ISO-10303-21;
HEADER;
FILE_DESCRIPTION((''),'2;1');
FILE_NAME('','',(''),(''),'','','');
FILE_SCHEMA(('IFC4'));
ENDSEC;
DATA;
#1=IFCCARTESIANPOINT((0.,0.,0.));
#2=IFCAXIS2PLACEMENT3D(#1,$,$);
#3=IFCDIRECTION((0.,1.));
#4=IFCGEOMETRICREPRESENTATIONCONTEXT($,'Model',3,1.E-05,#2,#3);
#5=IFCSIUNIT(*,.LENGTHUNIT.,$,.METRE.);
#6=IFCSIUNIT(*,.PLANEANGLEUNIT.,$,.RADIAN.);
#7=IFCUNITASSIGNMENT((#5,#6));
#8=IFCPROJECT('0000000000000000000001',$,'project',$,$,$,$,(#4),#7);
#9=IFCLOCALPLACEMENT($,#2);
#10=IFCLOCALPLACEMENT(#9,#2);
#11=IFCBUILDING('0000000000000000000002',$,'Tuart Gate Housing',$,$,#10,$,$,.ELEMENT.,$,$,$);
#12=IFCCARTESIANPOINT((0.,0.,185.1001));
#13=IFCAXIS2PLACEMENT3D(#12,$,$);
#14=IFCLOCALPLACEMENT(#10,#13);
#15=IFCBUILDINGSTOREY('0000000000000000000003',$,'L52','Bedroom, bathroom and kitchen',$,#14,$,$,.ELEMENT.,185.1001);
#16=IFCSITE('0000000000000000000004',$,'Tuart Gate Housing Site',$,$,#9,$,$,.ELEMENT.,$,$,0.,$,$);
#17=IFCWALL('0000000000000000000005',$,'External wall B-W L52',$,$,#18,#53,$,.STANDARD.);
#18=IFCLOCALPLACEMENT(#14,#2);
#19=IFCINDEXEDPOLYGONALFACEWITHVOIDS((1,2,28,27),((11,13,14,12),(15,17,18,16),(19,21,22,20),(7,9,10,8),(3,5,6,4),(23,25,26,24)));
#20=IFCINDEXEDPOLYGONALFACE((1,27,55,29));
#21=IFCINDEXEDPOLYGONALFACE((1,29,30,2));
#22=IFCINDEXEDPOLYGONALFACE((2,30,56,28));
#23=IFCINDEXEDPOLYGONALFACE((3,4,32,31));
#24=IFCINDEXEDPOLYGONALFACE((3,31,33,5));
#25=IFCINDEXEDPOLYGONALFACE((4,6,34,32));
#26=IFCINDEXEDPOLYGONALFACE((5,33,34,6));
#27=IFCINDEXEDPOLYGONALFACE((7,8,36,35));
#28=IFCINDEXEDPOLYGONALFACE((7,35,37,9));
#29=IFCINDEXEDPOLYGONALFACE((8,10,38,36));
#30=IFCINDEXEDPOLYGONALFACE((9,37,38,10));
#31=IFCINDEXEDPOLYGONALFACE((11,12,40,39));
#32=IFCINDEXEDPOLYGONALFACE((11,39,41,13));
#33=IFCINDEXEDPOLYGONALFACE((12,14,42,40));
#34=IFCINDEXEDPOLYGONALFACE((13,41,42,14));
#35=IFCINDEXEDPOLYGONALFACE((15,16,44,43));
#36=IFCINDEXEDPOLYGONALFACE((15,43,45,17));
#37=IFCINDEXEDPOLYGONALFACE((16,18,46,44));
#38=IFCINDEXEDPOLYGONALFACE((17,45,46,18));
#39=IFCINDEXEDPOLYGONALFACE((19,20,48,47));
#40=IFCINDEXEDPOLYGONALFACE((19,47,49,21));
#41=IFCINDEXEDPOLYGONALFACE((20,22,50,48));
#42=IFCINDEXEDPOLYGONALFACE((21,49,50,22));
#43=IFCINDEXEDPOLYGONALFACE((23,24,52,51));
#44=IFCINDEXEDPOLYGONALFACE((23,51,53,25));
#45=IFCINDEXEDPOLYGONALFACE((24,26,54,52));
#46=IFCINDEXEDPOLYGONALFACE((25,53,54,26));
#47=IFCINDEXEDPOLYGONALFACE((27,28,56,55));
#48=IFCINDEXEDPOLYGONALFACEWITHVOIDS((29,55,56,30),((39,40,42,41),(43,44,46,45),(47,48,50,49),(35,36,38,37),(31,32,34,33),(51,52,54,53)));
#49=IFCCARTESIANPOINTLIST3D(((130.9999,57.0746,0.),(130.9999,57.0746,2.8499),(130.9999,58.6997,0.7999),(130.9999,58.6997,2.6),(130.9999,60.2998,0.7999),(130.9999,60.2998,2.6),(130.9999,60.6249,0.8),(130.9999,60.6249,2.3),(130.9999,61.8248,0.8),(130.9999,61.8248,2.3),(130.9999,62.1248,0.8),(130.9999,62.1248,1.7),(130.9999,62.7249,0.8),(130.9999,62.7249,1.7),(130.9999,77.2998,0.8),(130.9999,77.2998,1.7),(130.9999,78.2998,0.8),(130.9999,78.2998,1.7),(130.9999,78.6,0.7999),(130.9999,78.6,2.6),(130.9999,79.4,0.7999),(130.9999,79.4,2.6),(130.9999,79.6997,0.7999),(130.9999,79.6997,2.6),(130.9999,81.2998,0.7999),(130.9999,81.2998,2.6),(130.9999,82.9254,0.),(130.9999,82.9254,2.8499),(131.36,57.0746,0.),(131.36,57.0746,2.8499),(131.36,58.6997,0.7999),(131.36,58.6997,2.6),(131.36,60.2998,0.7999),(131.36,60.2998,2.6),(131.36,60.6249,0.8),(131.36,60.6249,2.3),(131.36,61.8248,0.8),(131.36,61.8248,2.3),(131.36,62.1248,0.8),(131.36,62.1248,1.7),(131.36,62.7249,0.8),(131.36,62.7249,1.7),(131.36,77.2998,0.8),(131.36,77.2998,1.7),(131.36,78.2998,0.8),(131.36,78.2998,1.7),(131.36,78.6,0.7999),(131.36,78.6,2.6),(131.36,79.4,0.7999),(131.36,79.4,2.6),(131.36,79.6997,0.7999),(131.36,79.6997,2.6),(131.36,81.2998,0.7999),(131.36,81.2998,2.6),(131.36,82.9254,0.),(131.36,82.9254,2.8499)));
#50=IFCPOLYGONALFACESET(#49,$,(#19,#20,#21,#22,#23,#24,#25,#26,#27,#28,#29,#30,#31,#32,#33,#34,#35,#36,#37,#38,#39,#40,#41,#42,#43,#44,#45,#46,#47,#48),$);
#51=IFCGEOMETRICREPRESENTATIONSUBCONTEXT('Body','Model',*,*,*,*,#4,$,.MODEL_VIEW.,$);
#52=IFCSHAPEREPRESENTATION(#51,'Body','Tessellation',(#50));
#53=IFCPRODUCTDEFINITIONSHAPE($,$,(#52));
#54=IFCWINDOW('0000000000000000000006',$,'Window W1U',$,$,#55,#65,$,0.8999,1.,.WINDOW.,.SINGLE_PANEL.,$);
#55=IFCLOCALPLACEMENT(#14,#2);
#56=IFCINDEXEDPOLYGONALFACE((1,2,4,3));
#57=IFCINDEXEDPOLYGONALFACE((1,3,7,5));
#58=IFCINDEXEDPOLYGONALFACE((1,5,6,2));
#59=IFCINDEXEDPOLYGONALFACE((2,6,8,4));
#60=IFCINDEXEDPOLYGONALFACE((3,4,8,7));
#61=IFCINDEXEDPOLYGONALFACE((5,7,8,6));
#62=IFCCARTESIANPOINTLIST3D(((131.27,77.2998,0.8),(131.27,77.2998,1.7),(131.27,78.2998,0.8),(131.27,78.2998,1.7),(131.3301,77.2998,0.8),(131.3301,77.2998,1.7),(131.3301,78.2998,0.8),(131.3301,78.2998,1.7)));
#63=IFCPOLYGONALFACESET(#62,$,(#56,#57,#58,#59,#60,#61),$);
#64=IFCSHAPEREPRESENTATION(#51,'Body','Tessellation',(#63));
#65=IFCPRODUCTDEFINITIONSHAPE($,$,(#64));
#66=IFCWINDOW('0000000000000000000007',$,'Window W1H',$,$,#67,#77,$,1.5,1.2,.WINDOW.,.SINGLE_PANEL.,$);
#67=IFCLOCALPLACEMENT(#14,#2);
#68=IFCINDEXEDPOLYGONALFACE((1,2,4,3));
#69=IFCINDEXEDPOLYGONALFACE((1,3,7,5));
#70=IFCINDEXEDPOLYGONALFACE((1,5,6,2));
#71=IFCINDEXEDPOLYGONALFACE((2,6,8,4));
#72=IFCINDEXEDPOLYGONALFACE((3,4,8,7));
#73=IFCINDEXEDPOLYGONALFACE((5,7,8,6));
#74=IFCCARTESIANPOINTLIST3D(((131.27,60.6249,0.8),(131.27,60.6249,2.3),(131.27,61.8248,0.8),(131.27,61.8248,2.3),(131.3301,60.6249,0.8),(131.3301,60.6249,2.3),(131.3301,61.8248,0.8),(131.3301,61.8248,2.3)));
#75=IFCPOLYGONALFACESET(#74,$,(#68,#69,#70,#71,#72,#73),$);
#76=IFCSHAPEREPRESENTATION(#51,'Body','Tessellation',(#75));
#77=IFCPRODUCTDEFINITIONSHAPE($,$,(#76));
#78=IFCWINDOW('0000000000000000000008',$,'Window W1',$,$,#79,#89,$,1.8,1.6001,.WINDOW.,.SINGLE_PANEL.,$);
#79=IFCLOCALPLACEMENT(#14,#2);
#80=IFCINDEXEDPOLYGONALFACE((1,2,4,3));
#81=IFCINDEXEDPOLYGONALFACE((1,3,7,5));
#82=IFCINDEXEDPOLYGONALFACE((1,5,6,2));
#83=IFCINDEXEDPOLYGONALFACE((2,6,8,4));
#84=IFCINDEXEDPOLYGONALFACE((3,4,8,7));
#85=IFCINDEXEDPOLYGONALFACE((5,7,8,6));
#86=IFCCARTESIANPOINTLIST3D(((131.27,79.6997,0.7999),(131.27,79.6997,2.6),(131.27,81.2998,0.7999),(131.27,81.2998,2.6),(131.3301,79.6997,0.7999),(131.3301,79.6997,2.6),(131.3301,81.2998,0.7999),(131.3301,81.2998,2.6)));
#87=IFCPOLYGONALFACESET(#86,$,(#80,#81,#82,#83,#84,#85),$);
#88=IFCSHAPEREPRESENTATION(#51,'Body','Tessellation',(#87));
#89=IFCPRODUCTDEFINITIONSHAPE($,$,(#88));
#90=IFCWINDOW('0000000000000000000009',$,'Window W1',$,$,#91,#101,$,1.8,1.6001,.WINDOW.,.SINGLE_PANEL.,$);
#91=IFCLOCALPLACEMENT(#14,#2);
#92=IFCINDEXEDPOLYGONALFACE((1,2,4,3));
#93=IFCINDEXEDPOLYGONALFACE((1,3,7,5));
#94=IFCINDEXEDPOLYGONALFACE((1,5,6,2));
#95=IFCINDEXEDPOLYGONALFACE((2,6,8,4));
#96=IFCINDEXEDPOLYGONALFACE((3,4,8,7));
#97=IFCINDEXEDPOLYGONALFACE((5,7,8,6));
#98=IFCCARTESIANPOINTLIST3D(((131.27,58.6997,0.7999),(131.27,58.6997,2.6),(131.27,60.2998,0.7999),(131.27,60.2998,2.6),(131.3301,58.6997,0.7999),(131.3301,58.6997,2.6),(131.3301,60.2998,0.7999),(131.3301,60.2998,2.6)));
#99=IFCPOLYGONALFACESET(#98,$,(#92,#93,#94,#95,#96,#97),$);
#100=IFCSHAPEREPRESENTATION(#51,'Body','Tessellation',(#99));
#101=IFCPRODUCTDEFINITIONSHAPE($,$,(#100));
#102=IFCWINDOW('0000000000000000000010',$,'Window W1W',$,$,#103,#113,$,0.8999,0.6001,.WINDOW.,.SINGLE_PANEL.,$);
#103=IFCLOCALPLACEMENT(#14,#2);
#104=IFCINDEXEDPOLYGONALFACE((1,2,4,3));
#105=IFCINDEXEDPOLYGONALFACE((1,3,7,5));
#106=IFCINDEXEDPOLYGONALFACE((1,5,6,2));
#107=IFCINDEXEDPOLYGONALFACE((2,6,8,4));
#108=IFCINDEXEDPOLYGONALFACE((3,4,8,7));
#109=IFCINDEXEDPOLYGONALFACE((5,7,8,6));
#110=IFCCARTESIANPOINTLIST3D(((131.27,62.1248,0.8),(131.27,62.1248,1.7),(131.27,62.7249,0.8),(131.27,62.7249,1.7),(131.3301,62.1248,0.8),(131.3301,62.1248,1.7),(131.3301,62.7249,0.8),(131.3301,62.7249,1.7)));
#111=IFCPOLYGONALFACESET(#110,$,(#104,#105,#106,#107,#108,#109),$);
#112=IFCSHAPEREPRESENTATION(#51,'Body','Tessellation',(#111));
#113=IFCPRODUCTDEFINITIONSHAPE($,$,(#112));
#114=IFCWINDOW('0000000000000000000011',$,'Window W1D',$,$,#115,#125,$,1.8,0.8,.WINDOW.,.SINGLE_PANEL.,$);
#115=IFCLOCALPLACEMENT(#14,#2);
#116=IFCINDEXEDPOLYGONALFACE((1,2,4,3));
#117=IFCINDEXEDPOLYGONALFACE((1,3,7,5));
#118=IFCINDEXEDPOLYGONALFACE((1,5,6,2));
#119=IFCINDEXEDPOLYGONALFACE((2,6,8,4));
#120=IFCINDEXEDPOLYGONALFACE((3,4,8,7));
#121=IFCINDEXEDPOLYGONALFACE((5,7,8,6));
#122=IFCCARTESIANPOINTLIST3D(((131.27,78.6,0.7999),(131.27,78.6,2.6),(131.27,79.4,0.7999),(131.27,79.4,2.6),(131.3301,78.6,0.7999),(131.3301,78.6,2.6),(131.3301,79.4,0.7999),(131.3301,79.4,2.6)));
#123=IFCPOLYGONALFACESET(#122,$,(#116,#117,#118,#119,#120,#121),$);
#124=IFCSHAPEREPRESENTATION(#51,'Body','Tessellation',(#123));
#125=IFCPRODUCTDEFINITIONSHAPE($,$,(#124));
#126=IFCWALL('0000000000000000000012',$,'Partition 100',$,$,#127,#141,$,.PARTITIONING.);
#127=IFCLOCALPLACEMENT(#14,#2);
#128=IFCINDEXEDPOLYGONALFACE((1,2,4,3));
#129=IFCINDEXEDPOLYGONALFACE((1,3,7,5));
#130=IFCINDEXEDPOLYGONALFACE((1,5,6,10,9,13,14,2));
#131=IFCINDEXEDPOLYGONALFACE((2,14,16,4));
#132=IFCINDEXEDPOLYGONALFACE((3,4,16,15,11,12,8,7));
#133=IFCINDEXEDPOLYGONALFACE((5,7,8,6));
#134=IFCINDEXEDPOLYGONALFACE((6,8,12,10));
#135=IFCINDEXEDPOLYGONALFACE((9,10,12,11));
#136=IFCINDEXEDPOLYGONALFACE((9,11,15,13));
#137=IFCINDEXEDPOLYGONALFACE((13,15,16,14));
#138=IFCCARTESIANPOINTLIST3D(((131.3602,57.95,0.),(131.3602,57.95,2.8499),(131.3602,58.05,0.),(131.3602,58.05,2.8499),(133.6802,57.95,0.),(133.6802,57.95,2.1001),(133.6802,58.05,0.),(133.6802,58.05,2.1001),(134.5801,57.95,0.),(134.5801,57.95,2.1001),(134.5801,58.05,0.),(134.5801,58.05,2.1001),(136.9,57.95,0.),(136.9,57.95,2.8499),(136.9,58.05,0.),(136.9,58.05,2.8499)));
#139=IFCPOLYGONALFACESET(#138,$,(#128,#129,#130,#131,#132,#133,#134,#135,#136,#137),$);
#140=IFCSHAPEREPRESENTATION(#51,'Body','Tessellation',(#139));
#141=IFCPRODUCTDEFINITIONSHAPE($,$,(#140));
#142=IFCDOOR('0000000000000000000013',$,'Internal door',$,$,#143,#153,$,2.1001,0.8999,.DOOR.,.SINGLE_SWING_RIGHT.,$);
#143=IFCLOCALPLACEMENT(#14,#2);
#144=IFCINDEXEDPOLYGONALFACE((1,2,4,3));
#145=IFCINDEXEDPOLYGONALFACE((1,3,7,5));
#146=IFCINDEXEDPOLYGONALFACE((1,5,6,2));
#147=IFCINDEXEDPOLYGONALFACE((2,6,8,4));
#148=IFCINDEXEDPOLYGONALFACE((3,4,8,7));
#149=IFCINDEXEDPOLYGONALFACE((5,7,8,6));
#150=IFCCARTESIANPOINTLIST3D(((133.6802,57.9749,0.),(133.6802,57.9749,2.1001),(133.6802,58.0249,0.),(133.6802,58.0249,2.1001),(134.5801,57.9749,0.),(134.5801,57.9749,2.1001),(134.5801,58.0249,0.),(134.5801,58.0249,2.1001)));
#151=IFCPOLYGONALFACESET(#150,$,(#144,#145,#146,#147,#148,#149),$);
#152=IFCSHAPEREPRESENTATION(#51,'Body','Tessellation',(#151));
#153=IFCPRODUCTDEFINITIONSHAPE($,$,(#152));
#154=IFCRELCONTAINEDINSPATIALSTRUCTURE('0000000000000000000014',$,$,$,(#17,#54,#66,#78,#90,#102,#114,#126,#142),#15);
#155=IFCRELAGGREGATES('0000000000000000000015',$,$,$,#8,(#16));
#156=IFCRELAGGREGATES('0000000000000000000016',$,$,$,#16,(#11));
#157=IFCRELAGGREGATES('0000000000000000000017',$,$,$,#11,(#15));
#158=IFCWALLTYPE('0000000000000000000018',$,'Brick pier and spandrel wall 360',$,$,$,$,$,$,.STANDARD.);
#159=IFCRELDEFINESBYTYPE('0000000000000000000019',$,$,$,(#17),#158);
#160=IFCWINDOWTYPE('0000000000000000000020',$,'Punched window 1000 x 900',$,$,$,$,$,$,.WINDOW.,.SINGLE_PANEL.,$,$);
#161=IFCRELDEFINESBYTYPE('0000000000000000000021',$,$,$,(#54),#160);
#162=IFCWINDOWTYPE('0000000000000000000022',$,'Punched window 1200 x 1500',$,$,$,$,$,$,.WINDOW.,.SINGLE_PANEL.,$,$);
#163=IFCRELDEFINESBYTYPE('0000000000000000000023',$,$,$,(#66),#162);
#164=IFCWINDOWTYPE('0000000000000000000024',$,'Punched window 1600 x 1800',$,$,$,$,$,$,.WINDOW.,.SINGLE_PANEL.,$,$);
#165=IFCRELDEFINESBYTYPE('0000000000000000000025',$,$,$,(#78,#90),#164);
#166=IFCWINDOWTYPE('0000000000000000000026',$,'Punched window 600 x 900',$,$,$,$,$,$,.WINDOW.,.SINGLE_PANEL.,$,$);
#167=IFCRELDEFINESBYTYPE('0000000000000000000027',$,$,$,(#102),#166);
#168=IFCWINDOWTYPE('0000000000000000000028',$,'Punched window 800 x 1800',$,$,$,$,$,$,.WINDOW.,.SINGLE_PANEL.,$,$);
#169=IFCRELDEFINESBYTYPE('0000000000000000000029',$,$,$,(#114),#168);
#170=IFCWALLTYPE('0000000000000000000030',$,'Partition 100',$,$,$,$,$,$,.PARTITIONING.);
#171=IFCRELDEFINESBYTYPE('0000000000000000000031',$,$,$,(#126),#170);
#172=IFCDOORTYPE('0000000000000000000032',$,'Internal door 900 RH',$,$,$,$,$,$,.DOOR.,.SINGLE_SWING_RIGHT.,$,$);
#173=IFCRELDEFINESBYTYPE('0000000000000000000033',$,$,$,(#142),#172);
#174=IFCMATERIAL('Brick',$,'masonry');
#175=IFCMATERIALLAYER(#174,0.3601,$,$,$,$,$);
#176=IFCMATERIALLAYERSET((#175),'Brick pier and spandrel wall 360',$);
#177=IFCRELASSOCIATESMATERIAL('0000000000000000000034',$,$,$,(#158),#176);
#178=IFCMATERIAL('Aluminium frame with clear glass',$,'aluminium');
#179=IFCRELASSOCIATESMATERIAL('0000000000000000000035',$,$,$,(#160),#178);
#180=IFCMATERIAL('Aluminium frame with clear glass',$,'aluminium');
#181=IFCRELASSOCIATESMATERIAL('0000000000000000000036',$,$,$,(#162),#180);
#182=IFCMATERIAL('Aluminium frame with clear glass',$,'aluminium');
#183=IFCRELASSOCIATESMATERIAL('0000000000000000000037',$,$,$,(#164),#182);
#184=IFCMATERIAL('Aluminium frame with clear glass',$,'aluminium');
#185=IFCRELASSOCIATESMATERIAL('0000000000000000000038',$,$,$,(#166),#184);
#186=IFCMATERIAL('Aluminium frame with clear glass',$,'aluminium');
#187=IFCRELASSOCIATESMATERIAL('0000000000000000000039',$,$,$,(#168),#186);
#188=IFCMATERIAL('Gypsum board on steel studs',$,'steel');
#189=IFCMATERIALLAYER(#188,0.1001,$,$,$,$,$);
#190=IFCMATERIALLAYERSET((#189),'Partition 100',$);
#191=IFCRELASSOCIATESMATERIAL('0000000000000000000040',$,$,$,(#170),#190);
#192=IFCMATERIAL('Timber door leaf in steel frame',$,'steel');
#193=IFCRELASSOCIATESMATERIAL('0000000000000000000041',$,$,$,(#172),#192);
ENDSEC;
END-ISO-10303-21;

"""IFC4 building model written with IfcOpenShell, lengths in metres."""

from ifc_helpers import new_model, si_unit, direction, frame, frame_2d, origin, place, context, subcontext, project, spatial, rectangle, extrude, material, layer, layer_set, type_object, element, fill, save


model = new_model("IFC4")

# Units and contexts
model_context = context("Model", 3, precision=1e-05, world=origin(), true_north=direction((0.0, 1.0)))
body_context = subcontext(model_context, "Body", "Model", "MODEL_VIEW")
ifc_project = project(units=[si_unit("LENGTHUNIT", "METRE"), si_unit("PLANEANGLEUNIT", "RADIAN")], contexts=[model_context])

# Site, building, storey
site_placement = place(None, origin())
site = spatial("IfcSite", under=ifc_project, at=site_placement, Name="Tuart Gate Housing Site", CompositionType="ELEMENT", RefElevation=0.0)
building_placement = place(site_placement, origin())
building = spatial("IfcBuilding", under=site, at=building_placement, Name="Tuart Gate Housing", CompositionType="ELEMENT")
storey_placement = place(building_placement, frame((0.0, 0.0, 185.1001)))
storey = spatial("IfcBuildingStorey", under=building, at=storey_placement, Name="L52", Description="Bedroom, bathroom and kitchen", CompositionType="ELEMENT", Elevation=185.1001)

# Shared definitions
ifc_material_1 = material(Name="Brick", Category="masonry")
ifc_layer_1 = layer(ifc_material_1, 0.3601)
ifc_layer_set_1 = layer_set([ifc_layer_1], Name="Brick pier and spandrel wall 360")
wall_type_1 = type_object("IfcWallType", Name="Brick pier and spandrel wall 360", PredefinedType="STANDARD", material=ifc_layer_set_1)
ifc_material_2 = material(Name="Aluminium frame with clear glass", Category="aluminium")
window_type_1 = type_object("IfcWindowType", Name="Punched window 1000 x 900", PartitioningType="SINGLE_PANEL", PredefinedType="WINDOW", material=ifc_material_2)
ifc_material_3 = material(Name="Aluminium frame with clear glass", Category="aluminium")
window_type_2 = type_object("IfcWindowType", Name="Punched window 1200 x 1500", PartitioningType="SINGLE_PANEL", PredefinedType="WINDOW", material=ifc_material_3)
ifc_material_4 = material(Name="Aluminium frame with clear glass", Category="aluminium")
window_type_3 = type_object("IfcWindowType", Name="Punched window 1600 x 1800", PartitioningType="SINGLE_PANEL", PredefinedType="WINDOW", material=ifc_material_4)
ifc_material_5 = material(Name="Aluminium frame with clear glass", Category="aluminium")
window_type_4 = type_object("IfcWindowType", Name="Punched window 600 x 900", PartitioningType="SINGLE_PANEL", PredefinedType="WINDOW", material=ifc_material_5)
ifc_material_6 = material(Name="Aluminium frame with clear glass", Category="aluminium")
window_type_5 = type_object("IfcWindowType", Name="Punched window 800 x 1800", PartitioningType="SINGLE_PANEL", PredefinedType="WINDOW", material=ifc_material_6)

# Wall, openings, windows
wall_1_placement = place(storey_placement, frame((131.1799, 82.9253, 0.0), z_axis=(0.0, 0.0, 1.0), x_axis=(0.0, -1.0, 0.0)))
wall_1 = element("IfcWall", 1, at=wall_1_placement, inside=storey, type_object=wall_type_1, Name="External wall B-W L52", PredefinedType="STANDARD", context=body_context, shape_type="SweptSolid", body=[
    extrude(rectangle(XDim=25.8508, YDim=0.3601, at=frame_2d((12.9253, 0.0))), origin(), (0.0, 0.0, 1.0), 2.8499),
])
opening_1_placement = place(wall_1_placement, frame((1.6255, 0.0, 0.8)))
opening_1 = element("IfcOpeningElement", 2, at=opening_1_placement, cuts=wall_1, PredefinedType="OPENING", context=body_context, shape_type="SweptSolid", body=[
    extrude(rectangle(XDim=1.6001, YDim=1.8, at=frame_2d((0.8, 0.8999))), frame((0.0, 0.1899, 0.0), z_axis=(0.0, -1.0, 0.0), x_axis=(1.0, 0.0, 0.0)), (0.0, 0.0, 1.0), 0.3801),
])
opening_2_placement = place(wall_1_placement, frame((3.5254, 0.0, 0.8)))
opening_2 = element("IfcOpeningElement", 3, at=opening_2_placement, cuts=wall_1, PredefinedType="OPENING", context=body_context, shape_type="SweptSolid", body=[
    extrude(rectangle(XDim=0.8, YDim=1.8, at=frame_2d((0.3999, 0.8999))), frame((0.0, 0.1899, 0.0), z_axis=(0.0, -1.0, 0.0), x_axis=(1.0, 0.0, 0.0)), (0.0, 0.0, 1.0), 0.3801),
])
opening_3_placement = place(wall_1_placement, frame((20.2004, 0.0, 0.8)))
opening_3 = element("IfcOpeningElement", 4, at=opening_3_placement, cuts=wall_1, PredefinedType="OPENING", context=body_context, shape_type="SweptSolid", body=[
    extrude(rectangle(XDim=0.6001, YDim=0.8999, at=frame_2d((0.3, 0.45))), frame((0.0, 0.1899, 0.0), z_axis=(0.0, -1.0, 0.0), x_axis=(1.0, 0.0, 0.0)), (0.0, 0.0, 1.0), 0.3801),
])
opening_4_placement = place(wall_1_placement, frame((22.6255, 0.0, 0.8)))
opening_4 = element("IfcOpeningElement", 5, at=opening_4_placement, cuts=wall_1, PredefinedType="OPENING", context=body_context, shape_type="SweptSolid", body=[
    extrude(rectangle(XDim=1.6001, YDim=1.8, at=frame_2d((0.8, 0.8999))), frame((0.0, 0.1899, 0.0), z_axis=(0.0, -1.0, 0.0), x_axis=(1.0, 0.0, 0.0)), (0.0, 0.0, 1.0), 0.3801),
])
opening_5_placement = place(wall_1_placement, frame((4.6255, 0.0, 0.8)))
opening_5 = element("IfcOpeningElement", 6, at=opening_5_placement, cuts=wall_1, PredefinedType="OPENING", context=body_context, shape_type="SweptSolid", body=[
    extrude(rectangle(XDim=1.0, YDim=0.8999, at=frame_2d((0.5, 0.45))), frame((0.0, 0.1899, 0.0), z_axis=(0.0, -1.0, 0.0), x_axis=(1.0, 0.0, 0.0)), (0.0, 0.0, 1.0), 0.3801),
])
opening_6_placement = place(wall_1_placement, frame((21.1003, 0.0, 0.8)))
opening_6 = element("IfcOpeningElement", 7, at=opening_6_placement, cuts=wall_1, PredefinedType="OPENING", context=body_context, shape_type="SweptSolid", body=[
    extrude(rectangle(XDim=1.2, YDim=1.5, at=frame_2d((0.6001, 0.75))), frame((0.0, 0.1899, 0.0), z_axis=(0.0, -1.0, 0.0), x_axis=(1.0, 0.0, 0.0)), (0.0, 0.0, 1.0), 0.3801),
])
window_1_placement = place(opening_5_placement, origin())
window_1 = element("IfcWindow", 8, at=window_1_placement, inside=storey, type_object=window_type_1, Name="Window W1U", OverallHeight=0.8999, OverallWidth=1.0, PartitioningType="SINGLE_PANEL", PredefinedType="WINDOW", context=body_context, shape_type="SweptSolid", body=[
    extrude(rectangle(XDim=1.0, YDim=0.8999, at=frame_2d((0.5, 0.45))), frame((0.0, 0.1501, 0.0), z_axis=(0.0, -1.0, 0.0), x_axis=(1.0, 0.0, 0.0)), (0.0, 0.0, 1.0), 0.0601),
])
fill(opening_5, window_1)
window_2_placement = place(opening_6_placement, origin())
window_2 = element("IfcWindow", 9, at=window_2_placement, inside=storey, type_object=window_type_2, Name="Window W1H", OverallHeight=1.5, OverallWidth=1.2, PartitioningType="SINGLE_PANEL", PredefinedType="WINDOW", context=body_context, shape_type="SweptSolid", body=[
    extrude(rectangle(XDim=1.2, YDim=1.5, at=frame_2d((0.6001, 0.75))), frame((0.0, 0.1501, 0.0), z_axis=(0.0, -1.0, 0.0), x_axis=(1.0, 0.0, 0.0)), (0.0, 0.0, 1.0), 0.0601),
])
fill(opening_6, window_2)
window_3_placement = place(opening_1_placement, origin())
window_3 = element("IfcWindow", 10, at=window_3_placement, inside=storey, type_object=window_type_3, Name="Window W1", OverallHeight=1.8, OverallWidth=1.6001, PartitioningType="SINGLE_PANEL", PredefinedType="WINDOW", context=body_context, shape_type="SweptSolid", body=[
    extrude(rectangle(XDim=1.6001, YDim=1.8, at=frame_2d((0.8, 0.8999))), frame((0.0, 0.1501, 0.0), z_axis=(0.0, -1.0, 0.0), x_axis=(1.0, 0.0, 0.0)), (0.0, 0.0, 1.0), 0.0601),
])
fill(opening_1, window_3)
window_4_placement = place(opening_4_placement, origin())
window_4 = element("IfcWindow", 11, at=window_4_placement, inside=storey, type_object=window_type_3, Name="Window W1", OverallHeight=1.8, OverallWidth=1.6001, PartitioningType="SINGLE_PANEL", PredefinedType="WINDOW", context=body_context, shape_type="SweptSolid", body=[
    extrude(rectangle(XDim=1.6001, YDim=1.8, at=frame_2d((0.8, 0.8999))), frame((0.0, 0.1501, 0.0), z_axis=(0.0, -1.0, 0.0), x_axis=(1.0, 0.0, 0.0)), (0.0, 0.0, 1.0), 0.0601),
])
fill(opening_4, window_4)
window_5_placement = place(opening_3_placement, origin())
window_5 = element("IfcWindow", 12, at=window_5_placement, inside=storey, type_object=window_type_4, Name="Window W1W", OverallHeight=0.8999, OverallWidth=0.6001, PartitioningType="SINGLE_PANEL", PredefinedType="WINDOW", context=body_context, shape_type="SweptSolid", body=[
    extrude(rectangle(XDim=0.6001, YDim=0.8999, at=frame_2d((0.3, 0.45))), frame((0.0, 0.1501, 0.0), z_axis=(0.0, -1.0, 0.0), x_axis=(1.0, 0.0, 0.0)), (0.0, 0.0, 1.0), 0.0601),
])
fill(opening_3, window_5)
window_6_placement = place(opening_2_placement, origin())
window_6 = element("IfcWindow", 13, at=window_6_placement, inside=storey, type_object=window_type_5, Name="Window W1D", OverallHeight=1.8, OverallWidth=0.8, PartitioningType="SINGLE_PANEL", PredefinedType="WINDOW", context=body_context, shape_type="SweptSolid", body=[
    extrude(rectangle(XDim=0.8, YDim=1.8, at=frame_2d((0.3999, 0.8999))), frame((0.0, 0.1501, 0.0), z_axis=(0.0, -1.0, 0.0), x_axis=(1.0, 0.0, 0.0)), (0.0, 0.0, 1.0), 0.0601),
])
fill(opening_2, window_6)

# Wall, opening, door
ifc_material_7 = material(Name="Gypsum board on steel studs", Category="steel")
ifc_layer_2 = layer(ifc_material_7, 0.1001)
ifc_layer_set_2 = layer_set([ifc_layer_2], Name="Partition 100")
wall_type_2 = type_object("IfcWallType", Name="Partition 100", PredefinedType="PARTITIONING", material=ifc_layer_set_2)
wall_2_placement = place(storey_placement, frame((131.3601, 58.0, 0.0), z_axis=(0.0, 0.0, 1.0), x_axis=(1.0, 0.0, 0.0)))
wall_2 = element("IfcWall", 14, at=wall_2_placement, inside=storey, type_object=wall_type_2, Name="Partition 100", PredefinedType="PARTITIONING", context=body_context, shape_type="SweptSolid", body=[
    extrude(rectangle(XDim=5.5398, YDim=0.1001, at=frame_2d((2.77, 0.0))), origin(), (0.0, 0.0, 1.0), 2.8499),
])
opening_7_placement = place(wall_2_placement, frame((2.3201, 0.0, 0.0)))
opening_7 = element("IfcOpeningElement", 15, at=opening_7_placement, cuts=wall_2, PredefinedType="OPENING", context=body_context, shape_type="SweptSolid", body=[
    extrude(rectangle(XDim=0.8999, YDim=2.1001, at=frame_2d((0.45, 1.05))), frame((0.0, 0.0601, 0.0), z_axis=(0.0, -1.0, 0.0), x_axis=(1.0, 0.0, 0.0)), (0.0, 0.0, 1.0), 0.1201),
])
ifc_material_8 = material(Name="Timber door leaf in steel frame", Category="steel")
door_type_1 = type_object("IfcDoorType", Name="Internal door 900 RH", OperationType="SINGLE_SWING_RIGHT", PredefinedType="DOOR", material=ifc_material_8)
door_1_placement = place(opening_7_placement, frame((0.8999, 0.0, 0.0), z_axis=(0.0, 0.0, 1.0), x_axis=(-1.0, 0.0, 0.0)))
door_1 = element("IfcDoor", 16, at=door_1_placement, inside=storey, type_object=door_type_1, Name="Internal door", OperationType="SINGLE_SWING_RIGHT", OverallHeight=2.1001, OverallWidth=0.8999, PredefinedType="DOOR", context=body_context, shape_type="SweptSolid", body=[
    extrude(rectangle(XDim=0.8999, YDim=2.1001, at=frame_2d((0.45, 1.05))), frame((0.0, 0.0251, 0.0), z_axis=(0.0, -1.0, 0.0), x_axis=(1.0, 0.0, 0.0)), (0.0, 0.0, 1.0), 0.05),
])
fill(opening_7, door_1)

save(model, "model.ifc")
